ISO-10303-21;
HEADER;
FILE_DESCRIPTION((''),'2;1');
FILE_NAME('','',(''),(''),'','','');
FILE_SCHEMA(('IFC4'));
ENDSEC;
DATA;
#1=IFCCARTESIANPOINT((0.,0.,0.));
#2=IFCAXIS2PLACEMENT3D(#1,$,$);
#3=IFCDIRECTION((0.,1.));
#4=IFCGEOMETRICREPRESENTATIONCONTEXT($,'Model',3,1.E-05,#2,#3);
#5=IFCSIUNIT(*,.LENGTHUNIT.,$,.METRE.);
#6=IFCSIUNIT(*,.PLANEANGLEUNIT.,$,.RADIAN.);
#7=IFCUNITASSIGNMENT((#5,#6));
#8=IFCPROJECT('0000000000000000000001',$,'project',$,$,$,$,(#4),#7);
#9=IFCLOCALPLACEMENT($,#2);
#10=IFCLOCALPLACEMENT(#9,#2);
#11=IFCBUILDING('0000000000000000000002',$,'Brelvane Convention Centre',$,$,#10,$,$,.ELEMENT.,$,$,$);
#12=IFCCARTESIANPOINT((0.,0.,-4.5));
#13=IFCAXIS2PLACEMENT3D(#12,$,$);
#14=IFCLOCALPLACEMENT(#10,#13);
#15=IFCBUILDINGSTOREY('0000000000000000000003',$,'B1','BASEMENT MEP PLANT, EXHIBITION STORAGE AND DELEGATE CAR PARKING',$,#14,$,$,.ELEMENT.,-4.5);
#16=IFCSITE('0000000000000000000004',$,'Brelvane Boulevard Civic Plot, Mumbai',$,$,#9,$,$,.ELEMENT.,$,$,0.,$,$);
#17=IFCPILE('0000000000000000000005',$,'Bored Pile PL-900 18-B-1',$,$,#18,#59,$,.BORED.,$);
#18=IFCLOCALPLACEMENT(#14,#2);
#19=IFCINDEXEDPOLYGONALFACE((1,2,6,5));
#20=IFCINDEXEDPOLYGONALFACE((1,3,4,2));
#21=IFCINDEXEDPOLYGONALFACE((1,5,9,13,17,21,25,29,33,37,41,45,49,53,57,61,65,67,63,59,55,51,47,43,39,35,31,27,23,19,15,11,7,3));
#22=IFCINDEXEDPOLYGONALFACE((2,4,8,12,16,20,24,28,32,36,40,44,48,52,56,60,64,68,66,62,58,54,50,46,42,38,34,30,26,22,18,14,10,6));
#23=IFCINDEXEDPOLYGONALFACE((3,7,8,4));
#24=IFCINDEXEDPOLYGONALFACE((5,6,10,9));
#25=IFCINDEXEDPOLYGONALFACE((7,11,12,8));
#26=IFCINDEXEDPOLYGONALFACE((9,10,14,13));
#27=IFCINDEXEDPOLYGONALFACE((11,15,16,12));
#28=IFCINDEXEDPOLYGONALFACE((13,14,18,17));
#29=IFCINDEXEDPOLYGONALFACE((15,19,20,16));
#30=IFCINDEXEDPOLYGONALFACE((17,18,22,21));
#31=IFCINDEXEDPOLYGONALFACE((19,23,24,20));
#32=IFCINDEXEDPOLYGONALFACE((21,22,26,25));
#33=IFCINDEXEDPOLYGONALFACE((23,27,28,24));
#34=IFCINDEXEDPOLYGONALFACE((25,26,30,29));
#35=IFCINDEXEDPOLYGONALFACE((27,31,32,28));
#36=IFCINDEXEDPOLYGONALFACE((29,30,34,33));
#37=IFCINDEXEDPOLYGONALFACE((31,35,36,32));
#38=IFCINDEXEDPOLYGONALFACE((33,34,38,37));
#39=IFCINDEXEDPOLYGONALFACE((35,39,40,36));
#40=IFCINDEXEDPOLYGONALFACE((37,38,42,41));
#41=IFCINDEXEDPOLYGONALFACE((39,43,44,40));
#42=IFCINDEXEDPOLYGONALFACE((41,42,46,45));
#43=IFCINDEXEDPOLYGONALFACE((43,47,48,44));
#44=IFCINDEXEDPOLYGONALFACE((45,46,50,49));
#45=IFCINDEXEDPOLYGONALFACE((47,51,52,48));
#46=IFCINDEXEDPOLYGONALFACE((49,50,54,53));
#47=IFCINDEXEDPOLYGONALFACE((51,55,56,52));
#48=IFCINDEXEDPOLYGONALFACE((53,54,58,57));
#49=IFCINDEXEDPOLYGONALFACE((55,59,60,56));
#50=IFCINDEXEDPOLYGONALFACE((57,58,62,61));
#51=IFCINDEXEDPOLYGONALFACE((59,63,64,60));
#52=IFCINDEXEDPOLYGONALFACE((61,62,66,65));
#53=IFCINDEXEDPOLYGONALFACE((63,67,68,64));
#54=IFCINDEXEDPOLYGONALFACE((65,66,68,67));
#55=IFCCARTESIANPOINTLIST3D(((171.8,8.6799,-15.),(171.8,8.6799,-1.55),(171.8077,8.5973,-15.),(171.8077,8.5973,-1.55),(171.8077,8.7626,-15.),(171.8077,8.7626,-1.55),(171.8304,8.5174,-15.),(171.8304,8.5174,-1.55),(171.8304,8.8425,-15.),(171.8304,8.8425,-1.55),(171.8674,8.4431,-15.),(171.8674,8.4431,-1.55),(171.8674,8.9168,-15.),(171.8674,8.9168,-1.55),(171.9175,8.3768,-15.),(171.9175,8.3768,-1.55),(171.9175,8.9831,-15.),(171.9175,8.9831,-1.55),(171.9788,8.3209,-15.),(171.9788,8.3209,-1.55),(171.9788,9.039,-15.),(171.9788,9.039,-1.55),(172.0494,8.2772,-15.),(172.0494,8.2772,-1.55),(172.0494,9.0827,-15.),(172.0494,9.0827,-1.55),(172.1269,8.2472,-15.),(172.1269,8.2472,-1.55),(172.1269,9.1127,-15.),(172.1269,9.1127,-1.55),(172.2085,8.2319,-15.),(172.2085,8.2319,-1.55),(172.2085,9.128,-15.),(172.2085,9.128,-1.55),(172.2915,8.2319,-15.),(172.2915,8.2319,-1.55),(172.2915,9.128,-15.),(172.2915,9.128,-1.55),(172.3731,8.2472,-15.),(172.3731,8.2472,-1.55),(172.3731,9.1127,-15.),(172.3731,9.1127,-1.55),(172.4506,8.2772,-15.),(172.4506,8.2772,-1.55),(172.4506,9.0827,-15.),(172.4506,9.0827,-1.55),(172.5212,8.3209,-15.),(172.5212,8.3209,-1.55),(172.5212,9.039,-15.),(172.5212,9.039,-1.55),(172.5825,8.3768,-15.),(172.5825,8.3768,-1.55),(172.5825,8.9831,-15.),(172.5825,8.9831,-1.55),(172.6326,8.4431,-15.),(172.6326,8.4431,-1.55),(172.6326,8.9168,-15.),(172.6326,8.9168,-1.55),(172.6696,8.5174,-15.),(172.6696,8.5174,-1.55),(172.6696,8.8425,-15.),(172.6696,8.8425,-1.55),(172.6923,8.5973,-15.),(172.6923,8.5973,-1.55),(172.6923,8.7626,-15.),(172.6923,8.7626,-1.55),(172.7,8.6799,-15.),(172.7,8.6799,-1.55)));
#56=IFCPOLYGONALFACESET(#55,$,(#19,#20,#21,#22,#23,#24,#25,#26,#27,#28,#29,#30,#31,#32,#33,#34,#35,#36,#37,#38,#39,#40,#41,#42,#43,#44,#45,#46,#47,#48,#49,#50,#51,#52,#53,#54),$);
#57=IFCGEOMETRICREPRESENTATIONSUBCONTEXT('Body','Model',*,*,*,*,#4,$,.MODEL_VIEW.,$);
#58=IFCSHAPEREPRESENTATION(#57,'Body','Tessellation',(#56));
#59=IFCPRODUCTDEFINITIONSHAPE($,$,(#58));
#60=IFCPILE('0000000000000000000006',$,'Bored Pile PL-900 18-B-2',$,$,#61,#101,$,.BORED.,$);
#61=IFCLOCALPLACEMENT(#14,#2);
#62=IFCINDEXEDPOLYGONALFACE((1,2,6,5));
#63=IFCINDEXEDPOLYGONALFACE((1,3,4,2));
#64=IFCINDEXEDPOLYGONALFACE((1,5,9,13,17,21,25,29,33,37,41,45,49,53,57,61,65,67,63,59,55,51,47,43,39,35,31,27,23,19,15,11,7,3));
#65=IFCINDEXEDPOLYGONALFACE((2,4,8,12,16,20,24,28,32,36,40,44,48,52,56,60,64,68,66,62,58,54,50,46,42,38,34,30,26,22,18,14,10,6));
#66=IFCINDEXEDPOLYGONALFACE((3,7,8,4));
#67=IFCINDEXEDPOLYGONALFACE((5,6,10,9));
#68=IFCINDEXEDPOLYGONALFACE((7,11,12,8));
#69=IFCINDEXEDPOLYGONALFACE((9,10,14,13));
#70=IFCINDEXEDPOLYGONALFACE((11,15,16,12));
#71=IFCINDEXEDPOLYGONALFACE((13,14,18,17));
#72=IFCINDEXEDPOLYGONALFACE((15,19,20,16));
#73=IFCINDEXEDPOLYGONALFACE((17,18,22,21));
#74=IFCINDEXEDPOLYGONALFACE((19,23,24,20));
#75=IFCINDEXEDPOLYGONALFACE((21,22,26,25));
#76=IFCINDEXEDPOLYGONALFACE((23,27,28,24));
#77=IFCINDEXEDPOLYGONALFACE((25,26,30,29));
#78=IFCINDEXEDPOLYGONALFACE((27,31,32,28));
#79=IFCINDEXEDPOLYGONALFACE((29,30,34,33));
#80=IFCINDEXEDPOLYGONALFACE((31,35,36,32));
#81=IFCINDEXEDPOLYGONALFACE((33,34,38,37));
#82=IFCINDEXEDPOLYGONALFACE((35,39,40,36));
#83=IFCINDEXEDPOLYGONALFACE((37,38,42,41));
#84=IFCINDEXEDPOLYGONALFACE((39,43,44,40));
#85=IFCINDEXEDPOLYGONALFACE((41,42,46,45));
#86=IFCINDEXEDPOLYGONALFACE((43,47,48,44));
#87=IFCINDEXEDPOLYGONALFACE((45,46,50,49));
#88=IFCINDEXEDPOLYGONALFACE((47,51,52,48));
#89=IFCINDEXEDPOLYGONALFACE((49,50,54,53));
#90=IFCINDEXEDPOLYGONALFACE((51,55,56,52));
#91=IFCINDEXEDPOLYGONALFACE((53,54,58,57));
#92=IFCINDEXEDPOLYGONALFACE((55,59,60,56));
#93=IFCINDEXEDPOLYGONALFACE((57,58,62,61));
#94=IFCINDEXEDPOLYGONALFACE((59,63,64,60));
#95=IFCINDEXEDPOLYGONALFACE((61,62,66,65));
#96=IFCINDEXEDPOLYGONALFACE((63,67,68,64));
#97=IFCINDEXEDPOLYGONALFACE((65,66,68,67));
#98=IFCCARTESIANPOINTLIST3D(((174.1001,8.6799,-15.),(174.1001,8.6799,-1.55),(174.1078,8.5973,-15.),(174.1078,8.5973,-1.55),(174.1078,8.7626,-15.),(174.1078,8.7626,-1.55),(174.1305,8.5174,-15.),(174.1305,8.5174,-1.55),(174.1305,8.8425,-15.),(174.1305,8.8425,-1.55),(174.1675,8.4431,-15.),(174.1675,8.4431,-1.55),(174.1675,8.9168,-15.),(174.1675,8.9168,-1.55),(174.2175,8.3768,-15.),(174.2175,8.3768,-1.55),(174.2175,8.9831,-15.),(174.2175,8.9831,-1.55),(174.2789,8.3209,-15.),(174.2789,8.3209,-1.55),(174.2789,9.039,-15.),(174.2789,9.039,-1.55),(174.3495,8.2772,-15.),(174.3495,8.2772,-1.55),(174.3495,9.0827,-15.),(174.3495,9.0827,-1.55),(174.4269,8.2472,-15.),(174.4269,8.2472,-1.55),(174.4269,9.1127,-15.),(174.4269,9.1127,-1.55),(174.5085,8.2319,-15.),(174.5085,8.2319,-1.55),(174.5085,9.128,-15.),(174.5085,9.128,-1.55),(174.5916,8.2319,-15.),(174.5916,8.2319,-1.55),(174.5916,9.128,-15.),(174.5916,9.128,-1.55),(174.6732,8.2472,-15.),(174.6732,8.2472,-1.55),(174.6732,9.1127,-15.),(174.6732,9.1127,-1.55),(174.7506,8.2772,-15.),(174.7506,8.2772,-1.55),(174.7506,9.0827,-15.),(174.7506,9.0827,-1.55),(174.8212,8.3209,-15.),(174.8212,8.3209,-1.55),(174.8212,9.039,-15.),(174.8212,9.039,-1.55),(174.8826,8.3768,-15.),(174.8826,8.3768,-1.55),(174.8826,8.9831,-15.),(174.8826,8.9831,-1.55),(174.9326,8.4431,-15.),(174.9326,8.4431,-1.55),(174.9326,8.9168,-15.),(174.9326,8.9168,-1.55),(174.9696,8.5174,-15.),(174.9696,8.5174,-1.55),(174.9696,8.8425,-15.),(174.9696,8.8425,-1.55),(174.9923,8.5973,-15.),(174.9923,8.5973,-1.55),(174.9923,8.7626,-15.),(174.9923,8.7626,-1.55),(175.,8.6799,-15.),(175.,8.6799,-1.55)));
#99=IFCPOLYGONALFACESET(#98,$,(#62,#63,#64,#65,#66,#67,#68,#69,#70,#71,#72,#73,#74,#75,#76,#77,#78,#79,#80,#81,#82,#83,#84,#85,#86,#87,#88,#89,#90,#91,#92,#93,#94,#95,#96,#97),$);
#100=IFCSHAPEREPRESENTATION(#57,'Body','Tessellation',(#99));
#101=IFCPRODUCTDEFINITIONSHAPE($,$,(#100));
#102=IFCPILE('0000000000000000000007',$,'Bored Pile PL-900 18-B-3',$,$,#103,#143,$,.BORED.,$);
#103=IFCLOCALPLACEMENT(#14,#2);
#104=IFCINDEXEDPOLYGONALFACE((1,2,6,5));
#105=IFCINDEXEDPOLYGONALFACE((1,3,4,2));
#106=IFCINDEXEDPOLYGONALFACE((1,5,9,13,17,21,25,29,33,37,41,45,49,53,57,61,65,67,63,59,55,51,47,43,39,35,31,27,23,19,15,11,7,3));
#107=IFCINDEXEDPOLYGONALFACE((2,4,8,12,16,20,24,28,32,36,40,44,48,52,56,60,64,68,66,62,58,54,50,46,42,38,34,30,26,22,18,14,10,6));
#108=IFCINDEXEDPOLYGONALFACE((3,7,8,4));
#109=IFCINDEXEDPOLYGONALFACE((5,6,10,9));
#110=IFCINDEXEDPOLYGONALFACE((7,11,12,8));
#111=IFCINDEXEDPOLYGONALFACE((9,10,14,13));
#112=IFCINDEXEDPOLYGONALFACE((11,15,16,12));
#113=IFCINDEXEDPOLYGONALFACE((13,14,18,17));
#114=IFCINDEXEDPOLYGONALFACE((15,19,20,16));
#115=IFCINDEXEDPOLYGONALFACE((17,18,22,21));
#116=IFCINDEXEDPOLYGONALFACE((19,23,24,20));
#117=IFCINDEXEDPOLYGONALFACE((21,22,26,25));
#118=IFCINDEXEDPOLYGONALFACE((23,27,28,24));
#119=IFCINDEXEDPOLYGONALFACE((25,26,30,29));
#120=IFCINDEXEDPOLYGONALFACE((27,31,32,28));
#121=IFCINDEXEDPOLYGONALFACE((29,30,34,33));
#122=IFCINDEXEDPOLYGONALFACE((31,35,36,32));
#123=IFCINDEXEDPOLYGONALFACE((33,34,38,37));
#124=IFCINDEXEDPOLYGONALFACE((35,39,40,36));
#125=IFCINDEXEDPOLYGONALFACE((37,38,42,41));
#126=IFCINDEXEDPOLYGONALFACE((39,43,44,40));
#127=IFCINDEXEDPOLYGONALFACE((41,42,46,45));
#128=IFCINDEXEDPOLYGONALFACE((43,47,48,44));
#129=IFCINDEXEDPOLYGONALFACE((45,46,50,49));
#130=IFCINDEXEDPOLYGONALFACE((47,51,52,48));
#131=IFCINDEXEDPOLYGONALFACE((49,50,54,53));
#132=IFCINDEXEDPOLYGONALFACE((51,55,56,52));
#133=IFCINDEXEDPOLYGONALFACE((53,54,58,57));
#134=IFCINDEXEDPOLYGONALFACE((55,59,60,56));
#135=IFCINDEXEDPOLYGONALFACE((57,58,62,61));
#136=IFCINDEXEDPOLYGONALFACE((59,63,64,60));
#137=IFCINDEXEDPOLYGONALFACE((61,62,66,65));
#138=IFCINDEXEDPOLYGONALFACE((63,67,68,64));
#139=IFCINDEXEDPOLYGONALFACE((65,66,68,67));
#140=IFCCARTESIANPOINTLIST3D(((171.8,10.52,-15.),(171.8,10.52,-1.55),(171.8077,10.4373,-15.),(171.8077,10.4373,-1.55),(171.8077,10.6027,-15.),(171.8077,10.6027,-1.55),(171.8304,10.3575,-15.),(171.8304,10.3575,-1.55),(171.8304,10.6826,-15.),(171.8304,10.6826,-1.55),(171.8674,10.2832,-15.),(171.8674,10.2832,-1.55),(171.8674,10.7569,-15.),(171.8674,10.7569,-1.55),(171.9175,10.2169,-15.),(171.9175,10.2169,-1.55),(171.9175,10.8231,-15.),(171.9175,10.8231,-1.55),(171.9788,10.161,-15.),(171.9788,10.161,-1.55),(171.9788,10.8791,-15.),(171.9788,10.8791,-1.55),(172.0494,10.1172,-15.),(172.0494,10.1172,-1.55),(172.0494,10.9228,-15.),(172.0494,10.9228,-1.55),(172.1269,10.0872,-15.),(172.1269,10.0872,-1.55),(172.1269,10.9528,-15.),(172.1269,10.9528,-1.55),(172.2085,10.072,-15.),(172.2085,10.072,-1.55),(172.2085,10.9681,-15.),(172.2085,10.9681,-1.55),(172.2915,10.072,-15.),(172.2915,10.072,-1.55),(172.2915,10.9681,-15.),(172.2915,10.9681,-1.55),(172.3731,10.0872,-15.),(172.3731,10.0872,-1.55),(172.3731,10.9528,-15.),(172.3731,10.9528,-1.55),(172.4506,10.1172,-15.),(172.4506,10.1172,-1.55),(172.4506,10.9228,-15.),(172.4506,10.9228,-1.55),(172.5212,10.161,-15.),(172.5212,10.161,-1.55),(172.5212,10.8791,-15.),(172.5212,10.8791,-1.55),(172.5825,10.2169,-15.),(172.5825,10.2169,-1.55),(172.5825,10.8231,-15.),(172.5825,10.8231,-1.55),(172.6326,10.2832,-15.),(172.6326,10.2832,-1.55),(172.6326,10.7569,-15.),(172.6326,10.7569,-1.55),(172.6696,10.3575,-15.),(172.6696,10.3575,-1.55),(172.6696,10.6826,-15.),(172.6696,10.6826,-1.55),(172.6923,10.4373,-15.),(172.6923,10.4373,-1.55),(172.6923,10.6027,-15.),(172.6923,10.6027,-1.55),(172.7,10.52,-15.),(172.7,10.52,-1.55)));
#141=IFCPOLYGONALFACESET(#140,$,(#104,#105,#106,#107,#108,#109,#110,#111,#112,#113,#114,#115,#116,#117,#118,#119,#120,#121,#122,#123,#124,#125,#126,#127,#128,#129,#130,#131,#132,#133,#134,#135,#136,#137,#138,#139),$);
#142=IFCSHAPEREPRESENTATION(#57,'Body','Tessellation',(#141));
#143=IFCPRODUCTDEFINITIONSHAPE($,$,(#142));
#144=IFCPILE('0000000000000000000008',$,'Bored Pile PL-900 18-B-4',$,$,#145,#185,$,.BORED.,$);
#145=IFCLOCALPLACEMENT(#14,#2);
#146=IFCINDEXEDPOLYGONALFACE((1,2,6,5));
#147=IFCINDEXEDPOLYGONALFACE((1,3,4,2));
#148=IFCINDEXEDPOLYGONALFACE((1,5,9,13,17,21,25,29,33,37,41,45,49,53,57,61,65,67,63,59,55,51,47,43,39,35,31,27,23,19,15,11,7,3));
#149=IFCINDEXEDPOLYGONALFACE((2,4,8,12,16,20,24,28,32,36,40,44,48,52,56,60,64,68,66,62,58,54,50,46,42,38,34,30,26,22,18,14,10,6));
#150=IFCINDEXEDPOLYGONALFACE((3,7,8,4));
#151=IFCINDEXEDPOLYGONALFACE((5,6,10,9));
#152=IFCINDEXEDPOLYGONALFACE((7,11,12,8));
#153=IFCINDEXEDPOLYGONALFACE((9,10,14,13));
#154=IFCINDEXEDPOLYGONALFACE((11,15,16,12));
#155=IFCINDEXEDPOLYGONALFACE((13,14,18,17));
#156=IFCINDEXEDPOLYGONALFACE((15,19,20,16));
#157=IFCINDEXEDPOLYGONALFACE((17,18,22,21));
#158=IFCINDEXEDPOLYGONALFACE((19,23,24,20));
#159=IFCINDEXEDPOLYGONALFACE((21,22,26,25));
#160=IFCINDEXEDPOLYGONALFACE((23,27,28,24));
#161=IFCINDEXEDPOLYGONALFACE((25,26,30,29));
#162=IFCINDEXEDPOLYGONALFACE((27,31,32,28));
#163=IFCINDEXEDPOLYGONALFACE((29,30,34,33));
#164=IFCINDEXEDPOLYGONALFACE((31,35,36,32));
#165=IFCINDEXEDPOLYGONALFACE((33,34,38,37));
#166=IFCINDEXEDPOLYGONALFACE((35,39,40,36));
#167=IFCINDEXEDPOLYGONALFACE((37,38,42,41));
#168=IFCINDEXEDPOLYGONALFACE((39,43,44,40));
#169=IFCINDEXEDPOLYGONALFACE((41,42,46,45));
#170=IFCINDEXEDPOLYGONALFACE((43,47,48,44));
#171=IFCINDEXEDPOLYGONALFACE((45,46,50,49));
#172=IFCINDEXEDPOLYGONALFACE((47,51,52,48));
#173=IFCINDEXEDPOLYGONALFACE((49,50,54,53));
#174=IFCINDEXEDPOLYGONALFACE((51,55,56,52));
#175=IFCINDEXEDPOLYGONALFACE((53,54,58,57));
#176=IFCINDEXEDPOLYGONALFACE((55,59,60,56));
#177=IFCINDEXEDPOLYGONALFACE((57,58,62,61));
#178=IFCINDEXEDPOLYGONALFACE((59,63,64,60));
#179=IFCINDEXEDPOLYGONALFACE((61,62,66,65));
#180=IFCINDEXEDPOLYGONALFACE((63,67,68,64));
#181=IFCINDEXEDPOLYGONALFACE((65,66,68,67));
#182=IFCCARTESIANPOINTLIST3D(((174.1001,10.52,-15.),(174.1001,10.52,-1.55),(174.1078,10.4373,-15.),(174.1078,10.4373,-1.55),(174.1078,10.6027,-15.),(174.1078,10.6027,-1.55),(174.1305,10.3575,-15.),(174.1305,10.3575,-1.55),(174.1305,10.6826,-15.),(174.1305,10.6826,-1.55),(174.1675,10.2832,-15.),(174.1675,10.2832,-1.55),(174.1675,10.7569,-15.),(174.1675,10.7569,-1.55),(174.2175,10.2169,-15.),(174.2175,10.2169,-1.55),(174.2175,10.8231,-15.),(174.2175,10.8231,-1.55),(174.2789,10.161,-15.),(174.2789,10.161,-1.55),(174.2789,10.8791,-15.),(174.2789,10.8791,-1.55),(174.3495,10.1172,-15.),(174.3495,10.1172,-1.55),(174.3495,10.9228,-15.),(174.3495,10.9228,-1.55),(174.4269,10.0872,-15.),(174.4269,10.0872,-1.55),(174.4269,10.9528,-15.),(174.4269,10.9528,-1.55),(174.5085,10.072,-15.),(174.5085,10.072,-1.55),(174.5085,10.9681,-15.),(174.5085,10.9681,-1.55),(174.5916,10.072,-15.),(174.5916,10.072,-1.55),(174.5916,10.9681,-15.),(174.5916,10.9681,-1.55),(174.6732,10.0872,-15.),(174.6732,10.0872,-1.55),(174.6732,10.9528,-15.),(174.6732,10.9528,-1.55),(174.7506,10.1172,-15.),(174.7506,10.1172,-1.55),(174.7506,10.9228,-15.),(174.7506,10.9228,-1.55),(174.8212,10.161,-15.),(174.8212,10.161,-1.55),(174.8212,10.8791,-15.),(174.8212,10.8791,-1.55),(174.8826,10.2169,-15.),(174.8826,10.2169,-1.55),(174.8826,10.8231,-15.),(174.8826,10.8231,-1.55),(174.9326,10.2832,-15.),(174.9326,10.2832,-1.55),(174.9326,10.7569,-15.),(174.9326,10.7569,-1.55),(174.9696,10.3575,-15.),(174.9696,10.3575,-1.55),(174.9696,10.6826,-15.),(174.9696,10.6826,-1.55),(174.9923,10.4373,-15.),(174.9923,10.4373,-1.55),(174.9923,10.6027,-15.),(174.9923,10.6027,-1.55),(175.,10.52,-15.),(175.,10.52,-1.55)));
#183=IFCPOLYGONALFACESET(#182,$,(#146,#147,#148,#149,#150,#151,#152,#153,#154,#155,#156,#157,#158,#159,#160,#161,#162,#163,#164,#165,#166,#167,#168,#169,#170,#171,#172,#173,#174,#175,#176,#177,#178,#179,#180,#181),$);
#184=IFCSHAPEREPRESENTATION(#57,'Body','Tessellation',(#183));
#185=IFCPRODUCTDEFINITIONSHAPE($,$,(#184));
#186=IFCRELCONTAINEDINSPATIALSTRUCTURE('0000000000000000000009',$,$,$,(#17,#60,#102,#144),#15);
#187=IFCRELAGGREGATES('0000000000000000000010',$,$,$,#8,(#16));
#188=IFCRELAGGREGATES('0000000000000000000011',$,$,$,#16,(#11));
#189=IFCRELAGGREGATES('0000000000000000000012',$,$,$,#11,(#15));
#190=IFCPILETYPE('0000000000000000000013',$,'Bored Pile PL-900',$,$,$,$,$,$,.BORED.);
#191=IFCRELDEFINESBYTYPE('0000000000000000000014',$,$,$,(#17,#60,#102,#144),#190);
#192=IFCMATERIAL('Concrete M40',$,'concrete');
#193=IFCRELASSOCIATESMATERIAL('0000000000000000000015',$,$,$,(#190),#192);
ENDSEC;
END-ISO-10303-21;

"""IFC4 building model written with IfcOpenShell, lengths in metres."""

from ifc_helpers import new_model, si_unit, direction, frame, origin, origin_2d, place, context, subcontext, project, spatial, circle, extrude, material, material_profile, profile_set, type_object, element, save


model = new_model("IFC4")

# Units and contexts
model_context = context("Model", 3, precision=1e-05, world=origin(), true_north=direction((0.0, 1.0)))
body_context = subcontext(model_context, "Body", "Model", "MODEL_VIEW")
ifc_project = project(units=[si_unit("LENGTHUNIT", "METRE"), si_unit("PLANEANGLEUNIT", "RADIAN")], contexts=[model_context])

# Site, building, storey
site_placement = place(None, origin())
site = spatial("IfcSite", under=ifc_project, at=site_placement, Name="Brelvane Boulevard Civic Plot, Mumbai", CompositionType="ELEMENT", RefElevation=0.0)
building_placement = place(site_placement, origin())
building = spatial("IfcBuilding", under=site, at=building_placement, Name="Brelvane Convention Centre", CompositionType="ELEMENT")
storey_placement = place(building_placement, frame((0.0, 0.0, -4.5)))
storey = spatial("IfcBuildingStorey", under=building, at=storey_placement, Name="B1", Description="BASEMENT MEP PLANT, EXHIBITION STORAGE AND DELEGATE CAR PARKING", CompositionType="ELEMENT", Elevation=-4.5)

# Piles
ifc_material_1 = material(Name="Concrete M40", Category="concrete")
ifc_material_profile_1 = material_profile(ifc_material_1, circle(Radius=0.45, at=origin_2d()), Name="PILE D900")
ifc_profile_set_1 = profile_set([ifc_material_profile_1], Name="Concrete M40")
pile_type = type_object("IfcPileType", Name="Bored Pile PL-900", PredefinedType="BORED", material=ifc_profile_set_1)
for number, where, z_axis, x_axis, name in (
    (1, (172.25, 8.6799, -1.55), (0.0, 0.0, -1.0), (1.0, 0.0, 0.0), "Bored Pile PL-900 18-B-1"),
    (2, (174.55, 8.6799, -1.55), (0.0, 0.0, -1.0), (1.0, 0.0, 0.0), "Bored Pile PL-900 18-B-2"),
    (3, (172.25, 10.52, -1.55), (0.0, 0.0, -1.0), (1.0, 0.0, 0.0), "Bored Pile PL-900 18-B-3"),
    (4, (174.55, 10.52, -1.55), (0.0, 0.0, -1.0), (1.0, 0.0, 0.0), "Bored Pile PL-900 18-B-4"),
):
    element("IfcPile", number, at=place(storey_placement, frame(where, z_axis=z_axis, x_axis=x_axis)), inside=storey, type_object=pile_type, Name=name, PredefinedType="BORED", context=body_context, shape_type="SweptSolid", body=[
        extrude(circle(Radius=0.45, at=origin_2d()), origin(), (0.0, 0.0, 1.0), 13.45),
    ])

save(model, "model.ifc")
